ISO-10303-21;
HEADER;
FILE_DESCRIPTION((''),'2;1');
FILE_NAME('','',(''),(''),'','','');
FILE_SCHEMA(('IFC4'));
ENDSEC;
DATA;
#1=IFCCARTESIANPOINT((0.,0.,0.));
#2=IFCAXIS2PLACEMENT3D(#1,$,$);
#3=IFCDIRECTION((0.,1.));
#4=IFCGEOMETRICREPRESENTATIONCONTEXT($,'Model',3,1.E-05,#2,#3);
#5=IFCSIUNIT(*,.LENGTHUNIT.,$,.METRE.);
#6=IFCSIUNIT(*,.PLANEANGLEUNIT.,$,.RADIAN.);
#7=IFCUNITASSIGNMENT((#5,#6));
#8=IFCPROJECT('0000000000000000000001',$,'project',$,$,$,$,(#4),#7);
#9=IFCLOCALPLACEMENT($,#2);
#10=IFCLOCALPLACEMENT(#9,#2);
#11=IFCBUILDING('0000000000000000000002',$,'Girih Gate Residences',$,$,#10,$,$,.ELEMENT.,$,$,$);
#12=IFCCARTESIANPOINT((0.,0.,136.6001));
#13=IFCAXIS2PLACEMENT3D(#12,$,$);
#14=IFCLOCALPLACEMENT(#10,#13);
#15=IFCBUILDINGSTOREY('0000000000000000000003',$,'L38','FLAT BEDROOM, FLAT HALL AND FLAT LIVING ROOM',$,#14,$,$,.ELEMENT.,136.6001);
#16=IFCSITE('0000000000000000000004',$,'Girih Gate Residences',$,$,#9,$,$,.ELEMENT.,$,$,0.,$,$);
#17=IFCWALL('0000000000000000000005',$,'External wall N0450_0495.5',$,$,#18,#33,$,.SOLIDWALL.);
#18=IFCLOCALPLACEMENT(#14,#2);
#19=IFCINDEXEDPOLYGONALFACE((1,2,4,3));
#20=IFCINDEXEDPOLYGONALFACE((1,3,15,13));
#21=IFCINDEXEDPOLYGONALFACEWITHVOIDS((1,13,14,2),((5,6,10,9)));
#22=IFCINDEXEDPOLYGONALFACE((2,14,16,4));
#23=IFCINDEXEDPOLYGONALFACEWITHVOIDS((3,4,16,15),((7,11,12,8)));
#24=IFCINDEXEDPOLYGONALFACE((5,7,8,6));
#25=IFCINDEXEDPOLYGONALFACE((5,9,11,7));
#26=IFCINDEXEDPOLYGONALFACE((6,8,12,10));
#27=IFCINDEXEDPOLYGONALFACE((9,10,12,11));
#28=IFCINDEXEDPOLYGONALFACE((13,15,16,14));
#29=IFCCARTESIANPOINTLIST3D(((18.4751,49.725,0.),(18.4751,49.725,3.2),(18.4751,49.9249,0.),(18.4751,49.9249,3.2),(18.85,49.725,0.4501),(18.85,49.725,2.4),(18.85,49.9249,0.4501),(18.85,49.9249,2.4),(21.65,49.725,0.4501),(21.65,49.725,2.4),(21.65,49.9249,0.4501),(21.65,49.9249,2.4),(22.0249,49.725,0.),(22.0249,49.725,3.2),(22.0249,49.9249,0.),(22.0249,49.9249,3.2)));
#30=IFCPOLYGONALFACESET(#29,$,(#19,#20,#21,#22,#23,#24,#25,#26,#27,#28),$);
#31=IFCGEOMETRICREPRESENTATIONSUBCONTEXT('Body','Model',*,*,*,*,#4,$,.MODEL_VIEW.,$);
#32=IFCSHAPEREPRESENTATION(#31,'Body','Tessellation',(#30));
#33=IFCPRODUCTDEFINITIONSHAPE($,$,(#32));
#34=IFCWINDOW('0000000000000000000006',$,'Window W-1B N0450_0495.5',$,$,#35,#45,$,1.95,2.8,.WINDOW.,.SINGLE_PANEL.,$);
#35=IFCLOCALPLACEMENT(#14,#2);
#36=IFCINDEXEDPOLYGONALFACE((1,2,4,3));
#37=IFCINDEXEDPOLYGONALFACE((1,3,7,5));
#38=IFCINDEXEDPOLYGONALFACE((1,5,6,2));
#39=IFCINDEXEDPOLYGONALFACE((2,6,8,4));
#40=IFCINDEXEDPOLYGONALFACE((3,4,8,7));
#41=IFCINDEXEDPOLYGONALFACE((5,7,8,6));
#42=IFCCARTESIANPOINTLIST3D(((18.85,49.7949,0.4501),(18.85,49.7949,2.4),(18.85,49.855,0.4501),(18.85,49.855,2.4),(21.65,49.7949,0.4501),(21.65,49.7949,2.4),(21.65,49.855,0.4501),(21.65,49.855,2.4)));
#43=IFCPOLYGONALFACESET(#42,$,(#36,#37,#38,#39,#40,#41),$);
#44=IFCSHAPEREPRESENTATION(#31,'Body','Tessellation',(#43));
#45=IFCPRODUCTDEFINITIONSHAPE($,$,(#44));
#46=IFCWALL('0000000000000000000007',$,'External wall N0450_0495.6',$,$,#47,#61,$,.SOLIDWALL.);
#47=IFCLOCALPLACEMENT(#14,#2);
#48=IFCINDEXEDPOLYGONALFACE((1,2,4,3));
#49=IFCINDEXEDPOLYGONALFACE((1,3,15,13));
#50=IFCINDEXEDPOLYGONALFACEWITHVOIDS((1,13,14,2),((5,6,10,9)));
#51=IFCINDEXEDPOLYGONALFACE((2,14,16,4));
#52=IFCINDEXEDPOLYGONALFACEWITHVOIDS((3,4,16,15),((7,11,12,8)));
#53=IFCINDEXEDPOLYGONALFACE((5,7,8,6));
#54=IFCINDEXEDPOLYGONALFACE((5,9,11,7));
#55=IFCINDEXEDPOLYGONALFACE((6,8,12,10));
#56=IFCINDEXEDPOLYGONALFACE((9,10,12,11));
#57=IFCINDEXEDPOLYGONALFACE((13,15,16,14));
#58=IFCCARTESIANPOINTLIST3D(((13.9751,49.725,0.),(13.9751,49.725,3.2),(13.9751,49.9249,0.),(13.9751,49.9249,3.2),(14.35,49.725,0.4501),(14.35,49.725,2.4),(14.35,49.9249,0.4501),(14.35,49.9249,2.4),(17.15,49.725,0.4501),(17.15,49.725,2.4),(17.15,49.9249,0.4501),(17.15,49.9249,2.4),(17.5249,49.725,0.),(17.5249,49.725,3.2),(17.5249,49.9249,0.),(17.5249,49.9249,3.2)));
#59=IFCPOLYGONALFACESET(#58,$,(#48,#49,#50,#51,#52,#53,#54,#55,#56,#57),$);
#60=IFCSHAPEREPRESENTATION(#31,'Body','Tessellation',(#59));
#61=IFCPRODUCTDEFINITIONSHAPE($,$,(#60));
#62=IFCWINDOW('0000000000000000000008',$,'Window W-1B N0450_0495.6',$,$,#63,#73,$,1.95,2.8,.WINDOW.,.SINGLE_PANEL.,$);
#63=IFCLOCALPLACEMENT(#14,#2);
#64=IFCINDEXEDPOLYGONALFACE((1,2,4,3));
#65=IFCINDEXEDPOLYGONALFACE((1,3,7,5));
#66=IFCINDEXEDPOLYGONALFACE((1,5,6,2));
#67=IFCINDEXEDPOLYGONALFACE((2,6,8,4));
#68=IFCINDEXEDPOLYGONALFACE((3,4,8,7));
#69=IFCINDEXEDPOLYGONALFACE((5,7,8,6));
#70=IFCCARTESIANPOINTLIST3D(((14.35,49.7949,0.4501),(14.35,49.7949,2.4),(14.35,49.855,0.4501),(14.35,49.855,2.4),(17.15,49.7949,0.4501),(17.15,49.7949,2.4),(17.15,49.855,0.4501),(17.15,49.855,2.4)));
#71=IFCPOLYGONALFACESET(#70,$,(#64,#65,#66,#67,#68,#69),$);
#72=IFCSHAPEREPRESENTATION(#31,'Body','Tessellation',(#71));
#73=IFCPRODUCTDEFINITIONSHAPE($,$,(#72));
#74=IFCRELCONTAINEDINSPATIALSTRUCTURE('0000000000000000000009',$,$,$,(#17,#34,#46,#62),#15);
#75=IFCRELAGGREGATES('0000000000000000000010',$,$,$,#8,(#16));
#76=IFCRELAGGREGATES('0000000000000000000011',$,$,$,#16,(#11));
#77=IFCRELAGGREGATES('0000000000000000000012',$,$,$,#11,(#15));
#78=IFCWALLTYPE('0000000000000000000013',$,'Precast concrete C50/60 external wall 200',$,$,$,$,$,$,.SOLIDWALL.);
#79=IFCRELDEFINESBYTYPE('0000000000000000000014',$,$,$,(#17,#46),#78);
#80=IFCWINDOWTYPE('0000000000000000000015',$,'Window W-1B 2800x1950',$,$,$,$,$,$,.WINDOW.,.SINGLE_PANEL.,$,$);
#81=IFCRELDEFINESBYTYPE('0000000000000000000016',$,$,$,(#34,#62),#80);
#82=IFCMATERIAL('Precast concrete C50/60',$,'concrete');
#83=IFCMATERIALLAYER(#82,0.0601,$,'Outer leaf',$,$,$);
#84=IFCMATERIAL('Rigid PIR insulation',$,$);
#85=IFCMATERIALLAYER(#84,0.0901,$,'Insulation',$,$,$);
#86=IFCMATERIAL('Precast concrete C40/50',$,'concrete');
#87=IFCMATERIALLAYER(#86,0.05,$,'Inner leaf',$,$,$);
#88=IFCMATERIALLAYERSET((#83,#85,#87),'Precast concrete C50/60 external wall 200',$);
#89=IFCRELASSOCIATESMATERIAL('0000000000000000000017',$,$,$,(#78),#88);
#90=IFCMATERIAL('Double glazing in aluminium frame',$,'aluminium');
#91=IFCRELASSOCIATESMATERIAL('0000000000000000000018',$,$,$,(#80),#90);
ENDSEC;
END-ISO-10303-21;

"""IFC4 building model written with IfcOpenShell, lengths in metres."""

from ifc_helpers import new_model, si_unit, direction, frame, frame_2d, origin, place, context, subcontext, project, spatial, rectangle, extrude, material, layer, layer_set, type_object, element, fill, save


model = new_model("IFC4")

# Units and contexts
model_context = context("Model", 3, precision=1e-05, world=origin(), true_north=direction((0.0, 1.0)))
body_context = subcontext(model_context, "Body", "Model", "MODEL_VIEW")
ifc_project = project(units=[si_unit("LENGTHUNIT", "METRE"), si_unit("PLANEANGLEUNIT", "RADIAN")], contexts=[model_context])

# Site, building, storey
site_placement = place(None, origin())
site = spatial("IfcSite", under=ifc_project, at=site_placement, Name="Girih Gate Residences", CompositionType="ELEMENT", RefElevation=0.0)
building_placement = place(site_placement, origin())
building = spatial("IfcBuilding", under=site, at=building_placement, Name="Girih Gate Residences", CompositionType="ELEMENT")
storey_placement = place(building_placement, frame((0.0, 0.0, 136.6001)))
storey = spatial("IfcBuildingStorey", under=building, at=storey_placement, Name="L38", Description="FLAT BEDROOM, FLAT HALL AND FLAT LIVING ROOM", CompositionType="ELEMENT", Elevation=136.6001)

# Walls, openings, windows
ifc_material_1 = material(Name="Precast concrete C50/60", Category="concrete")
ifc_layer_1 = layer(ifc_material_1, 0.0601, Name="Outer leaf")
ifc_material_2 = material(Name="Rigid PIR insulation")
ifc_layer_2 = layer(ifc_material_2, 0.0901, Name="Insulation")
ifc_material_3 = material(Name="Precast concrete C40/50", Category="concrete")
ifc_layer_3 = layer(ifc_material_3, 0.05, Name="Inner leaf")
ifc_layer_set_1 = layer_set([ifc_layer_1, ifc_layer_2, ifc_layer_3], Name="Precast concrete C50/60 external wall 200")
wall_type_1 = type_object("IfcWallType", Name="Precast concrete C50/60 external wall 200", PredefinedType="SOLIDWALL", material=ifc_layer_set_1)
wall_1_placement = place(storey_placement, frame((18.4751, 49.825, 0.0), z_axis=(0.0, 0.0, 1.0), x_axis=(1.0, 0.0, 0.0)))
wall_1 = element("IfcWall", 1, at=wall_1_placement, inside=storey, type_object=wall_type_1, Name="External wall N0450_0495.5", PredefinedType="SOLIDWALL", context=body_context, shape_type="SweptSolid", body=[
    extrude(rectangle(XDim=3.5498, YDim=0.2, at=frame_2d((1.7749, 0.0))), origin(), (0.0, 0.0, 1.0), 3.2),
])
opening_1_placement = place(wall_1_placement, frame((0.375, 0.0, 0.45)))
opening_1 = element("IfcOpeningElement", 2, at=opening_1_placement, cuts=wall_1, PredefinedType="OPENING", context=body_context, shape_type="SweptSolid", body=[
    extrude(rectangle(XDim=2.8, YDim=1.95, at=frame_2d((1.3999, 0.9751))), frame((0.0, 0.1099, 0.0), z_axis=(0.0, -1.0, 0.0), x_axis=(1.0, 0.0, 0.0)), (0.0, 0.0, 1.0), 0.22),
])
ifc_material_4 = material(Name="Double glazing in aluminium frame", Category="aluminium")
window_type = type_object("IfcWindowType", Name="Window W-1B 2800x1950", PartitioningType="SINGLE_PANEL", PredefinedType="WINDOW", material=ifc_material_4)
window_1_placement = place(opening_1_placement, origin())
window_1 = element("IfcWindow", 3, at=window_1_placement, inside=storey, type_object=window_type, Name="Window W-1B N0450_0495.5", OverallHeight=1.95, OverallWidth=2.8, PartitioningType="SINGLE_PANEL", PredefinedType="WINDOW", context=body_context, shape_type="SweptSolid", body=[
    extrude(rectangle(XDim=2.8, YDim=1.95, at=frame_2d((1.3999, 0.9751))), frame((0.0, 0.03, 0.0), z_axis=(0.0, -1.0, 0.0), x_axis=(1.0, 0.0, 0.0)), (0.0, 0.0, 1.0), 0.0601),
])
fill(opening_1, window_1)
wall_2_placement = place(storey_placement, frame((13.9751, 49.825, 0.0), z_axis=(0.0, 0.0, 1.0), x_axis=(1.0, 0.0, 0.0)))
wall_2 = element("IfcWall", 4, at=wall_2_placement, inside=storey, type_object=wall_type_1, Name="External wall N0450_0495.6", PredefinedType="SOLIDWALL", context=body_context, shape_type="SweptSolid", body=[
    extrude(rectangle(XDim=3.5498, YDim=0.2, at=frame_2d((1.7749, 0.0))), origin(), (0.0, 0.0, 1.0), 3.2),
])
opening_2_placement = place(wall_2_placement, frame((0.375, 0.0, 0.45)))
opening_2 = element("IfcOpeningElement", 5, at=opening_2_placement, cuts=wall_2, PredefinedType="OPENING", context=body_context, shape_type="SweptSolid", body=[
    extrude(rectangle(XDim=2.8, YDim=1.95, at=frame_2d((1.3999, 0.9751))), frame((0.0, 0.1099, 0.0), z_axis=(0.0, -1.0, 0.0), x_axis=(1.0, 0.0, 0.0)), (0.0, 0.0, 1.0), 0.22),
])
window_2_placement = place(opening_2_placement, origin())
window_2 = element("IfcWindow", 6, at=window_2_placement, inside=storey, type_object=window_type, Name="Window W-1B N0450_0495.6", OverallHeight=1.95, OverallWidth=2.8, PartitioningType="SINGLE_PANEL", PredefinedType="WINDOW", context=body_context, shape_type="SweptSolid", body=[
    extrude(rectangle(XDim=2.8, YDim=1.95, at=frame_2d((1.3999, 0.9751))), frame((0.0, 0.03, 0.0), z_axis=(0.0, -1.0, 0.0), x_axis=(1.0, 0.0, 0.0)), (0.0, 0.0, 1.0), 0.0601),
])
fill(opening_2, window_2)

save(model, "model.ifc")
